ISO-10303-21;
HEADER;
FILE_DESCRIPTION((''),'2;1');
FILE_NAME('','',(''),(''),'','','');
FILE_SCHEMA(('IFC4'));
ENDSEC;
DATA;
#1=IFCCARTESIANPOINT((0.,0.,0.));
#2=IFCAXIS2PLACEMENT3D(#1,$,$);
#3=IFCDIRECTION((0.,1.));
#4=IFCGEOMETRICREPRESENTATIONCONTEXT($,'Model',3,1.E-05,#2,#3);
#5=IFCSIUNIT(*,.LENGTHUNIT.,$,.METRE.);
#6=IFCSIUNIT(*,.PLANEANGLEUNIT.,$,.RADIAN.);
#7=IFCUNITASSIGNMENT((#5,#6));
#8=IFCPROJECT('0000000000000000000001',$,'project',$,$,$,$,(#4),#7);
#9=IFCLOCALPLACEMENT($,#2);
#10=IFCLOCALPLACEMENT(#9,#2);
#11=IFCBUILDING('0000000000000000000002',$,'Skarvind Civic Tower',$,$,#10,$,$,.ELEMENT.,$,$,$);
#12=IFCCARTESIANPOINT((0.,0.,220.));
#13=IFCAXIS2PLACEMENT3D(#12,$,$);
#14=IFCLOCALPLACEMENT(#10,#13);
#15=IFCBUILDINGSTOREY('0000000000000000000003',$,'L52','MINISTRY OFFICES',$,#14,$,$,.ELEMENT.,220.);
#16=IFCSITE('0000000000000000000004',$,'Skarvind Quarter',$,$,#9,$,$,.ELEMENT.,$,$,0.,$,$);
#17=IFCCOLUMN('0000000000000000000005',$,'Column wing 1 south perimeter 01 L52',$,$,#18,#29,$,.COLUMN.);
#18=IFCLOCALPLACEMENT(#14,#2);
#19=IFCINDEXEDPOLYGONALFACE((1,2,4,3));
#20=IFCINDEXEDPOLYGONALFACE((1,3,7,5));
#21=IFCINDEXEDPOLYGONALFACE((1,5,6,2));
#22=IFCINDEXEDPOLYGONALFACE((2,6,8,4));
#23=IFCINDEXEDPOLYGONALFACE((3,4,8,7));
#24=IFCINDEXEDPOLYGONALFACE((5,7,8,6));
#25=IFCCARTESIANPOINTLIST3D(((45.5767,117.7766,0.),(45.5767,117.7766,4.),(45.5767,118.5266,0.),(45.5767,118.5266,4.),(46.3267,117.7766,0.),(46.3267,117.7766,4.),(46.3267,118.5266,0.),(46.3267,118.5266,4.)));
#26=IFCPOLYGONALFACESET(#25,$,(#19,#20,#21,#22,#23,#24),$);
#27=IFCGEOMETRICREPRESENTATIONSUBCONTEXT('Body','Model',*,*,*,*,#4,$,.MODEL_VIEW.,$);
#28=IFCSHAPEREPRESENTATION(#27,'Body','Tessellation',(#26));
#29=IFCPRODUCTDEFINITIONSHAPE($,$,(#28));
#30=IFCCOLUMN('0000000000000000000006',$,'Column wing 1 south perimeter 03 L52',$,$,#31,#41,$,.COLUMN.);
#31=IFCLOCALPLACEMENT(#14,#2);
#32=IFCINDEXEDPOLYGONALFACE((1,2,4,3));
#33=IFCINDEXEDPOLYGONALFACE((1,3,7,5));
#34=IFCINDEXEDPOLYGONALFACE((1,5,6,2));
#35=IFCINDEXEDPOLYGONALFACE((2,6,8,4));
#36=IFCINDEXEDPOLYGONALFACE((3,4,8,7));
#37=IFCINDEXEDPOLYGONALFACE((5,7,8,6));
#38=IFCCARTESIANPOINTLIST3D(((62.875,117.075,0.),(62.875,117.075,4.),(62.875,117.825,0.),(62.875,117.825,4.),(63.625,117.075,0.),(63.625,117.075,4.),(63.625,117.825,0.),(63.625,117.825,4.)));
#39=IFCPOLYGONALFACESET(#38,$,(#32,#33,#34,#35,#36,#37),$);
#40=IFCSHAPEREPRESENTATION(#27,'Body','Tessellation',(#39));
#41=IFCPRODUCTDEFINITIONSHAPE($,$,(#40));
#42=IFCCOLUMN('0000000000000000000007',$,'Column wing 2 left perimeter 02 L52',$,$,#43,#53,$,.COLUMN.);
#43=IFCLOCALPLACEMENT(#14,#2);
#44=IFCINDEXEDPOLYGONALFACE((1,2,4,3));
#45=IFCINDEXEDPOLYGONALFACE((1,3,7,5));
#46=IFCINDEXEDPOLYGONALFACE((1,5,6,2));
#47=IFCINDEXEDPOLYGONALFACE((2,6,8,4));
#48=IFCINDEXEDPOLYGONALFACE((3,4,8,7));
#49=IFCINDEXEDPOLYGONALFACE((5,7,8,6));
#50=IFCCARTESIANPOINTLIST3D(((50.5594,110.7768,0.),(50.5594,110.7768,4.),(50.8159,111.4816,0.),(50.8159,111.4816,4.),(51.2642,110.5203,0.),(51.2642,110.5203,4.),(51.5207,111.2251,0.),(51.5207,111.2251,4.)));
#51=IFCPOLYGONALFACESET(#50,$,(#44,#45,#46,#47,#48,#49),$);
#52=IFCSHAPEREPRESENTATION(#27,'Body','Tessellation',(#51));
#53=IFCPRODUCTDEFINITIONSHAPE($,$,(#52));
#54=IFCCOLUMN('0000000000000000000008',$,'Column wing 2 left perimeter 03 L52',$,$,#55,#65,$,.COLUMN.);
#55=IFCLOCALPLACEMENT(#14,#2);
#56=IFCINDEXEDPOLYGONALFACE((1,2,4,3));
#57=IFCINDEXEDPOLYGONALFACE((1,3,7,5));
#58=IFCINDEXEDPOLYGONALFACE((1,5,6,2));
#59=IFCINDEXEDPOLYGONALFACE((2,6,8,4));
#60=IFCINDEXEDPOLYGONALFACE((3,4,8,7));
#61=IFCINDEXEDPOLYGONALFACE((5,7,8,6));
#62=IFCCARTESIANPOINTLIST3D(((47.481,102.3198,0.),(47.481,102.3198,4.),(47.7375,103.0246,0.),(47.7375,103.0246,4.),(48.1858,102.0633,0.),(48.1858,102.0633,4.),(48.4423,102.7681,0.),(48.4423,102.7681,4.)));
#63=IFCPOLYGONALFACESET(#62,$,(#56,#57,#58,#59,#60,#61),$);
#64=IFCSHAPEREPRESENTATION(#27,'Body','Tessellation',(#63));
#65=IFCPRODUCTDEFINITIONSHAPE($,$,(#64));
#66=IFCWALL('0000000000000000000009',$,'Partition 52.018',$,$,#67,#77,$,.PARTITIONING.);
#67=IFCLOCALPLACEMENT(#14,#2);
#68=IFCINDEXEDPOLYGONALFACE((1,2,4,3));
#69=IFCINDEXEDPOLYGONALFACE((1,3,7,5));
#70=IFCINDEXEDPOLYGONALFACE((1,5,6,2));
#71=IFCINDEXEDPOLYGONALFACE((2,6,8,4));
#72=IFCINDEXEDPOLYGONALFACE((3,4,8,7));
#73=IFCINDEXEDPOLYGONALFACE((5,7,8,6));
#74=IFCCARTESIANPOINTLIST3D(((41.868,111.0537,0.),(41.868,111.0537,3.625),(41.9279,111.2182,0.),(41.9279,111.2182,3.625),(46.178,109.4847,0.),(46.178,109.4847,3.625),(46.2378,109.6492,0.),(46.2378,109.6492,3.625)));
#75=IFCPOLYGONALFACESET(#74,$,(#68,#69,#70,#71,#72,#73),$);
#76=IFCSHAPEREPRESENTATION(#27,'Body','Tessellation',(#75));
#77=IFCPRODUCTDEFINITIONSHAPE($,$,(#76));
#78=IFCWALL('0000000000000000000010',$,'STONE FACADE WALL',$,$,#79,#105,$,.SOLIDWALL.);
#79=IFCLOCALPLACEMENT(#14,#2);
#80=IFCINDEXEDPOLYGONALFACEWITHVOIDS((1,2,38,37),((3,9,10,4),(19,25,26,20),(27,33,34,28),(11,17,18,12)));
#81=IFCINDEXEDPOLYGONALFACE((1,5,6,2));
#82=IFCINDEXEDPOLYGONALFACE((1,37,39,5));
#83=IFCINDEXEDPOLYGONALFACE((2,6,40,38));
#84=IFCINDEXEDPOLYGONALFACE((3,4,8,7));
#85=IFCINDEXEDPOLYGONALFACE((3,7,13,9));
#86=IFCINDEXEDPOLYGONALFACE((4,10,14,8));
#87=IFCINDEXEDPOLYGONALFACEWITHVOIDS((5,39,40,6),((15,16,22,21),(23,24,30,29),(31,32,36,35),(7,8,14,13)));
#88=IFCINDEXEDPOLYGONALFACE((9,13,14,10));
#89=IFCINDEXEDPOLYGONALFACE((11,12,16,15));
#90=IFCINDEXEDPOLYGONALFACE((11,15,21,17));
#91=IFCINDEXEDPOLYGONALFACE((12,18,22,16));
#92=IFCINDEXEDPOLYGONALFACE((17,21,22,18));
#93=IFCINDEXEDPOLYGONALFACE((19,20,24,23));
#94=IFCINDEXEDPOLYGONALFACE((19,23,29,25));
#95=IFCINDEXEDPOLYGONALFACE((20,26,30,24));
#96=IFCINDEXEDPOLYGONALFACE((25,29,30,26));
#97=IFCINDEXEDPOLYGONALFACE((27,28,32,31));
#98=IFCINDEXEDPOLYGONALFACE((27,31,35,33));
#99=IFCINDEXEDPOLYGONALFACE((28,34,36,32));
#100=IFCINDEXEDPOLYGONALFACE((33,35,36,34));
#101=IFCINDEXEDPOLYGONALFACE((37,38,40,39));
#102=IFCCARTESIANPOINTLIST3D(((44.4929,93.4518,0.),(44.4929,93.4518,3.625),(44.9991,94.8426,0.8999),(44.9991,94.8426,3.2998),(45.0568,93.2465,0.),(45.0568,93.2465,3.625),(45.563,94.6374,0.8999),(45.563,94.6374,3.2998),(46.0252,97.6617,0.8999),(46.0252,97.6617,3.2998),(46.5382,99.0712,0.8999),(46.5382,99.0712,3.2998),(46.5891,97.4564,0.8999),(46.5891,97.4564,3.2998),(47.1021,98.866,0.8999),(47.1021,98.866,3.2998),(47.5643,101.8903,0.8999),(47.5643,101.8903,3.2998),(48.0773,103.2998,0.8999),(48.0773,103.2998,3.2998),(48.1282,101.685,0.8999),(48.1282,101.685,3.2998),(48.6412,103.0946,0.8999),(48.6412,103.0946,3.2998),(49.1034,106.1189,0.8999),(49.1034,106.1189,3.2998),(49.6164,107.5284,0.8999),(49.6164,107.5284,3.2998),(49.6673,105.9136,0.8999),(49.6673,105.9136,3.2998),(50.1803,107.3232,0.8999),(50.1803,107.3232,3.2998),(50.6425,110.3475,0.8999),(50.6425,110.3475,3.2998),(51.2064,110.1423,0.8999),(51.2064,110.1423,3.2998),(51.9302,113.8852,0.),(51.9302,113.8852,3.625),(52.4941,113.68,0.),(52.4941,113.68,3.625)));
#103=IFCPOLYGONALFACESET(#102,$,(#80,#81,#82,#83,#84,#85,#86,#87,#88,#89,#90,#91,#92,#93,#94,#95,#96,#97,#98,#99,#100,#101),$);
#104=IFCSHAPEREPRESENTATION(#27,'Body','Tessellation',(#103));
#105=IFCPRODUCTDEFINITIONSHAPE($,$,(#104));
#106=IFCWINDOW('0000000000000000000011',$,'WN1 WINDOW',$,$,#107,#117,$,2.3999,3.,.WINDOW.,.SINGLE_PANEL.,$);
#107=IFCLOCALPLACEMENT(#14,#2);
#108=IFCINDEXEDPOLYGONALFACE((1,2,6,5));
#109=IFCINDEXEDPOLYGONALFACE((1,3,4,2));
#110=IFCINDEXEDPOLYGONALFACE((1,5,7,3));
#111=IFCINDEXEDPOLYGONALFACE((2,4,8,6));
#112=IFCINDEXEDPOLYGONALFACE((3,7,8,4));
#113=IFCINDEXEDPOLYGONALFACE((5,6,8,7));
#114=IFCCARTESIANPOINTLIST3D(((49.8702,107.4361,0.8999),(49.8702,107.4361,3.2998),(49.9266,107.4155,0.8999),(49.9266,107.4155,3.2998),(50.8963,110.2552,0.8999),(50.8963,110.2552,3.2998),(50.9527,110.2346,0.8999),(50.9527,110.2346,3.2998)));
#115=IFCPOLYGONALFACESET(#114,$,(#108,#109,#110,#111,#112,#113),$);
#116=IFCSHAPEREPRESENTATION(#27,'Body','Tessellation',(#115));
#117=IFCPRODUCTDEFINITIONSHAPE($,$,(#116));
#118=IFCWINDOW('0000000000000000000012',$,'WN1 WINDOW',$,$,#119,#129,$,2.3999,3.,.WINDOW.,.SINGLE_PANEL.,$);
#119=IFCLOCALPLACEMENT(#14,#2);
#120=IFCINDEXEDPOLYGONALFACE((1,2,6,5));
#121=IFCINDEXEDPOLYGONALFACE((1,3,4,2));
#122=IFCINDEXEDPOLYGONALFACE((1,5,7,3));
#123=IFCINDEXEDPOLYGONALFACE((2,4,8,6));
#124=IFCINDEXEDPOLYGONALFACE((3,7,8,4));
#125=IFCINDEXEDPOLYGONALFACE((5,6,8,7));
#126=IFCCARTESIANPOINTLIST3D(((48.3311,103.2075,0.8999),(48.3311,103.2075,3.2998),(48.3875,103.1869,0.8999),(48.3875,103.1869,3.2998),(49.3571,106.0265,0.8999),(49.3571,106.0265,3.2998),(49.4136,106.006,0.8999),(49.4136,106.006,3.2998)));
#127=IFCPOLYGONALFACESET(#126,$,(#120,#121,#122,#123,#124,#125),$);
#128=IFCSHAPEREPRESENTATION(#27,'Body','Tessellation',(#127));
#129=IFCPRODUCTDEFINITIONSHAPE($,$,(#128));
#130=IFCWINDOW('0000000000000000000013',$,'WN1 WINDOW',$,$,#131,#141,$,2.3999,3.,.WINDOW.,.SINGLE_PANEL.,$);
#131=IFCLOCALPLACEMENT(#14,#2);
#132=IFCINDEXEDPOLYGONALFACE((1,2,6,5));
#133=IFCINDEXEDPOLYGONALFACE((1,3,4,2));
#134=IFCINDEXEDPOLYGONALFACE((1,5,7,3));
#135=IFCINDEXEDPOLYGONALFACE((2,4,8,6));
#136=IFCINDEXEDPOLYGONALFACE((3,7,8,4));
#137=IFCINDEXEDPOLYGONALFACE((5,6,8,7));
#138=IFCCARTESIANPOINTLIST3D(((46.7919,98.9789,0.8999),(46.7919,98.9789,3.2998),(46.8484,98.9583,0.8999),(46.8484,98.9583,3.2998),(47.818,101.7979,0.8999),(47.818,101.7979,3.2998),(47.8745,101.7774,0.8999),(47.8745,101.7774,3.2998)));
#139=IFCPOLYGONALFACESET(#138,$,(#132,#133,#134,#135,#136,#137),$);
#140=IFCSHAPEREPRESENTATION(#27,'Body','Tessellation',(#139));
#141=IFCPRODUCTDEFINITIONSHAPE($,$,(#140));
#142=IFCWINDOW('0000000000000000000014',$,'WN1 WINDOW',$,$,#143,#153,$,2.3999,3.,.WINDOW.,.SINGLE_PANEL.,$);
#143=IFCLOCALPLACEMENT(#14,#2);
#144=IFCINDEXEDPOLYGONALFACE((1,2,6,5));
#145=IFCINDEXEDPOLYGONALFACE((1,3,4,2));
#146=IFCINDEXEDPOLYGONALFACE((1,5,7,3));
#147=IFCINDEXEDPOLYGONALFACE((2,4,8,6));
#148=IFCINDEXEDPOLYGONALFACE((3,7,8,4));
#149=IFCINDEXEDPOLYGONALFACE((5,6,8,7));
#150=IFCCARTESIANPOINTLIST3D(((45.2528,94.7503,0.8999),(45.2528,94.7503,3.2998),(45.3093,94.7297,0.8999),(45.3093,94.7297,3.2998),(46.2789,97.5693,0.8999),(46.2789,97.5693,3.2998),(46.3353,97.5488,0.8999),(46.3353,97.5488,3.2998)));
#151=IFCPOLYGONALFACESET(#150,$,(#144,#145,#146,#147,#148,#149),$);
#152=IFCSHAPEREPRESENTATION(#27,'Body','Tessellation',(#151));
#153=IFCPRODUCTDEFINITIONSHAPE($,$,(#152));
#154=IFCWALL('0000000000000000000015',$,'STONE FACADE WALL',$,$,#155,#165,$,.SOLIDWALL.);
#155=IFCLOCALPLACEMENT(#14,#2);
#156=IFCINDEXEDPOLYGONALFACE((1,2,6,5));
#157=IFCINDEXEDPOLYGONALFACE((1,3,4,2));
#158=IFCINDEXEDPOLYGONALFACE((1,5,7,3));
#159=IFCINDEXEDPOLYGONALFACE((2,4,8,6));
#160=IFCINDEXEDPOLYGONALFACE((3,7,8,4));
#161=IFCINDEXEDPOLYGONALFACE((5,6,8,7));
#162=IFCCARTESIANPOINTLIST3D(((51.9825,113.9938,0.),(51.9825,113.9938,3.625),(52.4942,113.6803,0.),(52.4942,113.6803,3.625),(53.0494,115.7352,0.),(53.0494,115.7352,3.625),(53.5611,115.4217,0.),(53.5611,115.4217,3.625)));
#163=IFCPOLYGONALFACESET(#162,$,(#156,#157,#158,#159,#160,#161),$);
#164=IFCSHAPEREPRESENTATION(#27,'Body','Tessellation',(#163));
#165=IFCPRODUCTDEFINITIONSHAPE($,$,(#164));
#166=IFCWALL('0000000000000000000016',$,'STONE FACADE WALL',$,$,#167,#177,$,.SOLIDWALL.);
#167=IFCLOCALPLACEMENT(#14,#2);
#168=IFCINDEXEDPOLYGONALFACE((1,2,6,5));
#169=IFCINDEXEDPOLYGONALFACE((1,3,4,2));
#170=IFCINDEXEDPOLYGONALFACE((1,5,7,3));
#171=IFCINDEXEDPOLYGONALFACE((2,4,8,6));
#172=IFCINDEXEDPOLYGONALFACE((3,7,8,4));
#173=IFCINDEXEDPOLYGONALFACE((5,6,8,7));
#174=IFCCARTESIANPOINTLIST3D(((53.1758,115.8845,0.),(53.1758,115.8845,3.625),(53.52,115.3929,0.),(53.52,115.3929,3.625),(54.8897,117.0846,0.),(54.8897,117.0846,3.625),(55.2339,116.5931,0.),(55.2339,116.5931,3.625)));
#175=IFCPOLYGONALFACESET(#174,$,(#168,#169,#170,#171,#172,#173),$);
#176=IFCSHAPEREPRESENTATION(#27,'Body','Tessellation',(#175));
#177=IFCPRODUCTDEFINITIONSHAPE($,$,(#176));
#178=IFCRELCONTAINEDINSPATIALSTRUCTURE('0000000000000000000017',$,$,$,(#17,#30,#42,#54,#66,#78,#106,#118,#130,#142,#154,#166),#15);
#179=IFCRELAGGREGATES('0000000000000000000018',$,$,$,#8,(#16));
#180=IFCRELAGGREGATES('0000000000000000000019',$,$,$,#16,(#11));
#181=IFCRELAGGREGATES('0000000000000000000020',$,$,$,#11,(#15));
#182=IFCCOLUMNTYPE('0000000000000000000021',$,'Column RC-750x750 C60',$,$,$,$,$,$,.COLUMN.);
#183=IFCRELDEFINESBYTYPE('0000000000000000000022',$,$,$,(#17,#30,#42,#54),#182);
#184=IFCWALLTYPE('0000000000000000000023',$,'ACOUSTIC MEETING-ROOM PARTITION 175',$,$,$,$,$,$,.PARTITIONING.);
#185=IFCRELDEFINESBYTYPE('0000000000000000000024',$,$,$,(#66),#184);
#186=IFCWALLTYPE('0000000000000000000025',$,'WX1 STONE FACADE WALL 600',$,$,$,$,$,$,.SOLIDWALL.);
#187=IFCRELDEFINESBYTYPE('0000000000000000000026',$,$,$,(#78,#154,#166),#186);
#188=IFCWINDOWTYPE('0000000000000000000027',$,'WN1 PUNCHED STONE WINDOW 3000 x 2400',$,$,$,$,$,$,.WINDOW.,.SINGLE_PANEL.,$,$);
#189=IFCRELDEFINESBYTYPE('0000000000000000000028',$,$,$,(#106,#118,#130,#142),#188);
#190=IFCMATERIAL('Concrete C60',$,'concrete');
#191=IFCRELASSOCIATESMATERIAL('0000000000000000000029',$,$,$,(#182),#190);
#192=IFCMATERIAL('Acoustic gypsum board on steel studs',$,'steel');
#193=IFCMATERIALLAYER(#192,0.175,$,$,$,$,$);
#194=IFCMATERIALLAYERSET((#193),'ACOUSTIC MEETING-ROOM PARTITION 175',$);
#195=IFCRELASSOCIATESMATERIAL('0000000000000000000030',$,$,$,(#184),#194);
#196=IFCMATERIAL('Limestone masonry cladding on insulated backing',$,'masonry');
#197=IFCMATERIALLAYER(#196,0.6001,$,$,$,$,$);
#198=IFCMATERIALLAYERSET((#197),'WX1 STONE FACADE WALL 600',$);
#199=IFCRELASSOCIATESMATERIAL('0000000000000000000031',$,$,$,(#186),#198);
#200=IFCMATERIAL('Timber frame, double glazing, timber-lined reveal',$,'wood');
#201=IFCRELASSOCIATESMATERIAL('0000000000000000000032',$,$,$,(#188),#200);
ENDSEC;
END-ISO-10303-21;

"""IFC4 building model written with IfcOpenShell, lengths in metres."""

from ifc_helpers import new_model, si_unit, direction, frame, frame_2d, origin, origin_2d, place, context, subcontext, project, spatial, rectangle, extrude, material, layer, layer_set, material_profile, profile_set, type_object, element, fill, save


model = new_model("IFC4")

# Units and contexts
model_context = context("Model", 3, precision=1e-05, world=origin(), true_north=direction((0.0, 1.0)))
body_context = subcontext(model_context, "Body", "Model", "MODEL_VIEW")
ifc_project = project(units=[si_unit("LENGTHUNIT", "METRE"), si_unit("PLANEANGLEUNIT", "RADIAN")], contexts=[model_context])

# Site, building, storey
site_placement = place(None, origin())
site = spatial("IfcSite", under=ifc_project, at=site_placement, Name="Skarvind Quarter", CompositionType="ELEMENT", RefElevation=0.0)
building_placement = place(site_placement, origin())
building = spatial("IfcBuilding", under=site, at=building_placement, Name="Skarvind Civic Tower", CompositionType="ELEMENT")
storey_placement = place(building_placement, frame((0.0, 0.0, 220.0)))
storey = spatial("IfcBuildingStorey", under=building, at=storey_placement, Name="L52", Description="MINISTRY OFFICES", CompositionType="ELEMENT", Elevation=220.0)

# Columns
ifc_material_1 = material(Name="Concrete C60", Category="concrete")
ifc_material_profile_1 = material_profile(ifc_material_1, rectangle(XDim=0.75, YDim=0.75, at=origin_2d()), Name="RC-750x750")
ifc_profile_set_1 = profile_set([ifc_material_profile_1], Name="Concrete C60")
column_type = type_object("IfcColumnType", Name="Column RC-750x750 C60", PredefinedType="COLUMN", material=ifc_profile_set_1)
for number, where, z_axis, x_axis, name in (
    (1, (45.9517, 118.1516, 0.0), (0.0, 0.0, 1.0), (1.0, 0.0, 0.0), "Column wing 1 south perimeter 01 L52"),
    (2, (63.25, 117.45, 0.0), (0.0, 0.0, 1.0), (1.0, 0.0, 0.0), "Column wing 1 south perimeter 03 L52"),
    (3, (51.04, 111.001, 0.0), (0.0, 0.0, 1.0), (-0.34202, -0.939693, 0.0), "Column wing 2 left perimeter 02 L52"),
    (4, (47.9617, 102.5439, 0.0), (0.0, 0.0, 1.0), (-0.34202, -0.939693, 0.0), "Column wing 2 left perimeter 03 L52"),
):
    element("IfcColumn", number, at=place(storey_placement, frame(where, z_axis=z_axis, x_axis=x_axis)), inside=storey, type_object=column_type, Name=name, PredefinedType="COLUMN", context=body_context, shape_type="SweptSolid", body=[
        extrude(rectangle(XDim=0.75, YDim=0.75, at=origin_2d()), origin(), (0.0, 0.0, 1.0), 4.0),
    ])

# Wall
ifc_material_2 = material(Name="Acoustic gypsum board on steel studs", Category="steel")
ifc_layer_1 = layer(ifc_material_2, 0.175)
ifc_layer_set_1 = layer_set([ifc_layer_1], Name="ACOUSTIC MEETING-ROOM PARTITION 175")
wall_type_1 = type_object("IfcWallType", Name="ACOUSTIC MEETING-ROOM PARTITION 175", PredefinedType="PARTITIONING", material=ifc_layer_set_1)
wall_1_placement = place(storey_placement, frame((46.208, 109.5669, 0.0), z_axis=(0.0, 0.0, 1.0), x_axis=(-0.939667, 0.342089, 0.0)))
element("IfcWall", 5, at=wall_1_placement, inside=storey, type_object=wall_type_1, Name="Partition 52.018", PredefinedType="PARTITIONING", context=body_context, shape_type="SweptSolid", body=[
    extrude(rectangle(XDim=4.5867, YDim=0.175, at=frame_2d((2.2935, 0.0))), origin(), (0.0, 0.0, 1.0), 3.625),
])

# Wall, openings, windows
ifc_material_3 = material(Name="Limestone masonry cladding on insulated backing", Category="masonry")
ifc_layer_2 = layer(ifc_material_3, 0.6001)
ifc_layer_set_2 = layer_set([ifc_layer_2], Name="WX1 STONE FACADE WALL 600")
wall_type_2 = type_object("IfcWallType", Name="WX1 STONE FACADE WALL 600", PredefinedType="SOLIDWALL", material=ifc_layer_set_2)
wall_2_placement = place(storey_placement, frame((52.2122, 113.7827, 0.0), z_axis=(0.0, 0.0, 1.0), x_axis=(-0.342025, -0.939691, 0.0)))
wall_2 = element("IfcWall", 6, at=wall_2_placement, inside=storey, type_object=wall_type_2, Name="STONE FACADE WALL", PredefinedType="SOLIDWALL", context=body_context, shape_type="SweptSolid", body=[
    extrude(rectangle(XDim=21.7449, YDim=0.6001, at=frame_2d((10.8726, 0.0))), origin(), (0.0, 0.0, 1.0), 3.625),
])
opening_1_placement = place(wall_2_placement, frame((3.7649, 0.0, 0.8999)))
opening_1 = element("IfcOpeningElement", 7, at=opening_1_placement, cuts=wall_2, PredefinedType="OPENING", context=body_context, shape_type="SweptSolid", body=[
    extrude(rectangle(XDim=3.0, YDim=2.3999, at=frame_2d((1.5, 1.2))), frame((0.0, 0.3101, 0.0), z_axis=(0.0, -1.0, 0.0), x_axis=(1.0, 0.0, 0.0)), (0.0, 0.0, 1.0), 0.6201),
])
opening_2_placement = place(wall_2_placement, frame((8.2649, 0.0, 0.8999)))
opening_2 = element("IfcOpeningElement", 8, at=opening_2_placement, cuts=wall_2, PredefinedType="OPENING", context=body_context, shape_type="SweptSolid", body=[
    extrude(rectangle(XDim=3.0, YDim=2.3999, at=frame_2d((1.5, 1.2))), frame((0.0, 0.3101, 0.0), z_axis=(0.0, -1.0, 0.0), x_axis=(1.0, 0.0, 0.0)), (0.0, 0.0, 1.0), 0.6201),
])
opening_3_placement = place(wall_2_placement, frame((12.7649, 0.0, 0.8999)))
opening_3 = element("IfcOpeningElement", 9, at=opening_3_placement, cuts=wall_2, PredefinedType="OPENING", context=body_context, shape_type="SweptSolid", body=[
    extrude(rectangle(XDim=3.0, YDim=2.3999, at=frame_2d((1.5, 1.2))), frame((0.0, 0.3101, 0.0), z_axis=(0.0, -1.0, 0.0), x_axis=(1.0, 0.0, 0.0)), (0.0, 0.0, 1.0), 0.6201),
])
opening_4_placement = place(wall_2_placement, frame((17.2649, 0.0, 0.8999)))
opening_4 = element("IfcOpeningElement", 10, at=opening_4_placement, cuts=wall_2, PredefinedType="OPENING", context=body_context, shape_type="SweptSolid", body=[
    extrude(rectangle(XDim=3.0, YDim=2.3999, at=frame_2d((1.5, 1.2))), frame((0.0, 0.3101, 0.0), z_axis=(0.0, -1.0, 0.0), x_axis=(1.0, 0.0, 0.0)), (0.0, 0.0, 1.0), 0.6201),
])
ifc_material_4 = material(Name="Timber frame, double glazing, timber-lined reveal", Category="wood")
window_type = type_object("IfcWindowType", Name="WN1 PUNCHED STONE WINDOW 3000 x 2400", PartitioningType="SINGLE_PANEL", PredefinedType="WINDOW", material=ifc_material_4)
window_1_placement = place(opening_1_placement, origin())
window_1 = element("IfcWindow", 11, at=window_1_placement, inside=storey, type_object=window_type, Name="WN1 WINDOW", OverallHeight=2.3999, OverallWidth=3.0, PartitioningType="SINGLE_PANEL", PredefinedType="WINDOW", context=body_context, shape_type="SweptSolid", body=[
    extrude(rectangle(XDim=3.0, YDim=2.3999, at=frame_2d((1.5, 1.2))), frame((0.0, 0.03, 0.0), z_axis=(0.0, -1.0, 0.0), x_axis=(1.0, 0.0, 0.0)), (0.0, 0.0, 1.0), 0.0601),
])
fill(opening_1, window_1)
window_2_placement = place(opening_2_placement, origin())
window_2 = element("IfcWindow", 12, at=window_2_placement, inside=storey, type_object=window_type, Name="WN1 WINDOW", OverallHeight=2.3999, OverallWidth=3.0, PartitioningType="SINGLE_PANEL", PredefinedType="WINDOW", context=body_context, shape_type="SweptSolid", body=[
    extrude(rectangle(XDim=3.0, YDim=2.3999, at=frame_2d((1.5, 1.2))), frame((0.0, 0.03, 0.0), z_axis=(0.0, -1.0, 0.0), x_axis=(1.0, 0.0, 0.0)), (0.0, 0.0, 1.0), 0.0601),
])
fill(opening_2, window_2)
window_3_placement = place(opening_3_placement, origin())
window_3 = element("IfcWindow", 13, at=window_3_placement, inside=storey, type_object=window_type, Name="WN1 WINDOW", OverallHeight=2.3999, OverallWidth=3.0, PartitioningType="SINGLE_PANEL", PredefinedType="WINDOW", context=body_context, shape_type="SweptSolid", body=[
    extrude(rectangle(XDim=3.0, YDim=2.3999, at=frame_2d((1.5, 1.2))), frame((0.0, 0.03, 0.0), z_axis=(0.0, -1.0, 0.0), x_axis=(1.0, 0.0, 0.0)), (0.0, 0.0, 1.0), 0.0601),
])
fill(opening_3, window_3)
window_4_placement = place(opening_4_placement, origin())
window_4 = element("IfcWindow", 14, at=window_4_placement, inside=storey, type_object=window_type, Name="WN1 WINDOW", OverallHeight=2.3999, OverallWidth=3.0, PartitioningType="SINGLE_PANEL", PredefinedType="WINDOW", context=body_context, shape_type="SweptSolid", body=[
    extrude(rectangle(XDim=3.0, YDim=2.3999, at=frame_2d((1.5, 1.2))), frame((0.0, 0.03, 0.0), z_axis=(0.0, -1.0, 0.0), x_axis=(1.0, 0.0, 0.0)), (0.0, 0.0, 1.0), 0.0601),
])
fill(opening_4, window_4)

# Walls
wall_3_placement = place(storey_placement, frame((53.3052, 115.5784, 0.0), z_axis=(0.0, 0.0, 1.0), x_axis=(-0.522402, -0.852699, 0.0)))
element("IfcWall", 15, at=wall_3_placement, inside=storey, type_object=wall_type_2, Name="STONE FACADE WALL", PredefinedType="SOLIDWALL", context=body_context, shape_type="SweptSolid", body=[
    extrude(rectangle(XDim=2.0422, YDim=0.6001, at=frame_2d((1.021, 0.0))), origin(), (0.0, 0.0, 1.0), 3.625),
])
for number, where, z_axis, x_axis, name in (
    (16, (55.0618, 116.8389, 0.0), (0.0, 0.0, 1.0), (-0.819122, -0.573619, 0.0), "STONE FACADE WALL"),
):
    element("IfcWall", number, at=place(storey_placement, frame(where, z_axis=z_axis, x_axis=x_axis)), inside=storey, type_object=wall_type_2, Name=name, PredefinedType="SOLIDWALL", context=body_context, shape_type="SweptSolid", body=[
        extrude(rectangle(XDim=2.0923, YDim=0.6001, at=frame_2d((1.0461, 0.0))), origin(), (0.0, 0.0, 1.0), 3.625),
    ])

save(model, "model.ifc")
